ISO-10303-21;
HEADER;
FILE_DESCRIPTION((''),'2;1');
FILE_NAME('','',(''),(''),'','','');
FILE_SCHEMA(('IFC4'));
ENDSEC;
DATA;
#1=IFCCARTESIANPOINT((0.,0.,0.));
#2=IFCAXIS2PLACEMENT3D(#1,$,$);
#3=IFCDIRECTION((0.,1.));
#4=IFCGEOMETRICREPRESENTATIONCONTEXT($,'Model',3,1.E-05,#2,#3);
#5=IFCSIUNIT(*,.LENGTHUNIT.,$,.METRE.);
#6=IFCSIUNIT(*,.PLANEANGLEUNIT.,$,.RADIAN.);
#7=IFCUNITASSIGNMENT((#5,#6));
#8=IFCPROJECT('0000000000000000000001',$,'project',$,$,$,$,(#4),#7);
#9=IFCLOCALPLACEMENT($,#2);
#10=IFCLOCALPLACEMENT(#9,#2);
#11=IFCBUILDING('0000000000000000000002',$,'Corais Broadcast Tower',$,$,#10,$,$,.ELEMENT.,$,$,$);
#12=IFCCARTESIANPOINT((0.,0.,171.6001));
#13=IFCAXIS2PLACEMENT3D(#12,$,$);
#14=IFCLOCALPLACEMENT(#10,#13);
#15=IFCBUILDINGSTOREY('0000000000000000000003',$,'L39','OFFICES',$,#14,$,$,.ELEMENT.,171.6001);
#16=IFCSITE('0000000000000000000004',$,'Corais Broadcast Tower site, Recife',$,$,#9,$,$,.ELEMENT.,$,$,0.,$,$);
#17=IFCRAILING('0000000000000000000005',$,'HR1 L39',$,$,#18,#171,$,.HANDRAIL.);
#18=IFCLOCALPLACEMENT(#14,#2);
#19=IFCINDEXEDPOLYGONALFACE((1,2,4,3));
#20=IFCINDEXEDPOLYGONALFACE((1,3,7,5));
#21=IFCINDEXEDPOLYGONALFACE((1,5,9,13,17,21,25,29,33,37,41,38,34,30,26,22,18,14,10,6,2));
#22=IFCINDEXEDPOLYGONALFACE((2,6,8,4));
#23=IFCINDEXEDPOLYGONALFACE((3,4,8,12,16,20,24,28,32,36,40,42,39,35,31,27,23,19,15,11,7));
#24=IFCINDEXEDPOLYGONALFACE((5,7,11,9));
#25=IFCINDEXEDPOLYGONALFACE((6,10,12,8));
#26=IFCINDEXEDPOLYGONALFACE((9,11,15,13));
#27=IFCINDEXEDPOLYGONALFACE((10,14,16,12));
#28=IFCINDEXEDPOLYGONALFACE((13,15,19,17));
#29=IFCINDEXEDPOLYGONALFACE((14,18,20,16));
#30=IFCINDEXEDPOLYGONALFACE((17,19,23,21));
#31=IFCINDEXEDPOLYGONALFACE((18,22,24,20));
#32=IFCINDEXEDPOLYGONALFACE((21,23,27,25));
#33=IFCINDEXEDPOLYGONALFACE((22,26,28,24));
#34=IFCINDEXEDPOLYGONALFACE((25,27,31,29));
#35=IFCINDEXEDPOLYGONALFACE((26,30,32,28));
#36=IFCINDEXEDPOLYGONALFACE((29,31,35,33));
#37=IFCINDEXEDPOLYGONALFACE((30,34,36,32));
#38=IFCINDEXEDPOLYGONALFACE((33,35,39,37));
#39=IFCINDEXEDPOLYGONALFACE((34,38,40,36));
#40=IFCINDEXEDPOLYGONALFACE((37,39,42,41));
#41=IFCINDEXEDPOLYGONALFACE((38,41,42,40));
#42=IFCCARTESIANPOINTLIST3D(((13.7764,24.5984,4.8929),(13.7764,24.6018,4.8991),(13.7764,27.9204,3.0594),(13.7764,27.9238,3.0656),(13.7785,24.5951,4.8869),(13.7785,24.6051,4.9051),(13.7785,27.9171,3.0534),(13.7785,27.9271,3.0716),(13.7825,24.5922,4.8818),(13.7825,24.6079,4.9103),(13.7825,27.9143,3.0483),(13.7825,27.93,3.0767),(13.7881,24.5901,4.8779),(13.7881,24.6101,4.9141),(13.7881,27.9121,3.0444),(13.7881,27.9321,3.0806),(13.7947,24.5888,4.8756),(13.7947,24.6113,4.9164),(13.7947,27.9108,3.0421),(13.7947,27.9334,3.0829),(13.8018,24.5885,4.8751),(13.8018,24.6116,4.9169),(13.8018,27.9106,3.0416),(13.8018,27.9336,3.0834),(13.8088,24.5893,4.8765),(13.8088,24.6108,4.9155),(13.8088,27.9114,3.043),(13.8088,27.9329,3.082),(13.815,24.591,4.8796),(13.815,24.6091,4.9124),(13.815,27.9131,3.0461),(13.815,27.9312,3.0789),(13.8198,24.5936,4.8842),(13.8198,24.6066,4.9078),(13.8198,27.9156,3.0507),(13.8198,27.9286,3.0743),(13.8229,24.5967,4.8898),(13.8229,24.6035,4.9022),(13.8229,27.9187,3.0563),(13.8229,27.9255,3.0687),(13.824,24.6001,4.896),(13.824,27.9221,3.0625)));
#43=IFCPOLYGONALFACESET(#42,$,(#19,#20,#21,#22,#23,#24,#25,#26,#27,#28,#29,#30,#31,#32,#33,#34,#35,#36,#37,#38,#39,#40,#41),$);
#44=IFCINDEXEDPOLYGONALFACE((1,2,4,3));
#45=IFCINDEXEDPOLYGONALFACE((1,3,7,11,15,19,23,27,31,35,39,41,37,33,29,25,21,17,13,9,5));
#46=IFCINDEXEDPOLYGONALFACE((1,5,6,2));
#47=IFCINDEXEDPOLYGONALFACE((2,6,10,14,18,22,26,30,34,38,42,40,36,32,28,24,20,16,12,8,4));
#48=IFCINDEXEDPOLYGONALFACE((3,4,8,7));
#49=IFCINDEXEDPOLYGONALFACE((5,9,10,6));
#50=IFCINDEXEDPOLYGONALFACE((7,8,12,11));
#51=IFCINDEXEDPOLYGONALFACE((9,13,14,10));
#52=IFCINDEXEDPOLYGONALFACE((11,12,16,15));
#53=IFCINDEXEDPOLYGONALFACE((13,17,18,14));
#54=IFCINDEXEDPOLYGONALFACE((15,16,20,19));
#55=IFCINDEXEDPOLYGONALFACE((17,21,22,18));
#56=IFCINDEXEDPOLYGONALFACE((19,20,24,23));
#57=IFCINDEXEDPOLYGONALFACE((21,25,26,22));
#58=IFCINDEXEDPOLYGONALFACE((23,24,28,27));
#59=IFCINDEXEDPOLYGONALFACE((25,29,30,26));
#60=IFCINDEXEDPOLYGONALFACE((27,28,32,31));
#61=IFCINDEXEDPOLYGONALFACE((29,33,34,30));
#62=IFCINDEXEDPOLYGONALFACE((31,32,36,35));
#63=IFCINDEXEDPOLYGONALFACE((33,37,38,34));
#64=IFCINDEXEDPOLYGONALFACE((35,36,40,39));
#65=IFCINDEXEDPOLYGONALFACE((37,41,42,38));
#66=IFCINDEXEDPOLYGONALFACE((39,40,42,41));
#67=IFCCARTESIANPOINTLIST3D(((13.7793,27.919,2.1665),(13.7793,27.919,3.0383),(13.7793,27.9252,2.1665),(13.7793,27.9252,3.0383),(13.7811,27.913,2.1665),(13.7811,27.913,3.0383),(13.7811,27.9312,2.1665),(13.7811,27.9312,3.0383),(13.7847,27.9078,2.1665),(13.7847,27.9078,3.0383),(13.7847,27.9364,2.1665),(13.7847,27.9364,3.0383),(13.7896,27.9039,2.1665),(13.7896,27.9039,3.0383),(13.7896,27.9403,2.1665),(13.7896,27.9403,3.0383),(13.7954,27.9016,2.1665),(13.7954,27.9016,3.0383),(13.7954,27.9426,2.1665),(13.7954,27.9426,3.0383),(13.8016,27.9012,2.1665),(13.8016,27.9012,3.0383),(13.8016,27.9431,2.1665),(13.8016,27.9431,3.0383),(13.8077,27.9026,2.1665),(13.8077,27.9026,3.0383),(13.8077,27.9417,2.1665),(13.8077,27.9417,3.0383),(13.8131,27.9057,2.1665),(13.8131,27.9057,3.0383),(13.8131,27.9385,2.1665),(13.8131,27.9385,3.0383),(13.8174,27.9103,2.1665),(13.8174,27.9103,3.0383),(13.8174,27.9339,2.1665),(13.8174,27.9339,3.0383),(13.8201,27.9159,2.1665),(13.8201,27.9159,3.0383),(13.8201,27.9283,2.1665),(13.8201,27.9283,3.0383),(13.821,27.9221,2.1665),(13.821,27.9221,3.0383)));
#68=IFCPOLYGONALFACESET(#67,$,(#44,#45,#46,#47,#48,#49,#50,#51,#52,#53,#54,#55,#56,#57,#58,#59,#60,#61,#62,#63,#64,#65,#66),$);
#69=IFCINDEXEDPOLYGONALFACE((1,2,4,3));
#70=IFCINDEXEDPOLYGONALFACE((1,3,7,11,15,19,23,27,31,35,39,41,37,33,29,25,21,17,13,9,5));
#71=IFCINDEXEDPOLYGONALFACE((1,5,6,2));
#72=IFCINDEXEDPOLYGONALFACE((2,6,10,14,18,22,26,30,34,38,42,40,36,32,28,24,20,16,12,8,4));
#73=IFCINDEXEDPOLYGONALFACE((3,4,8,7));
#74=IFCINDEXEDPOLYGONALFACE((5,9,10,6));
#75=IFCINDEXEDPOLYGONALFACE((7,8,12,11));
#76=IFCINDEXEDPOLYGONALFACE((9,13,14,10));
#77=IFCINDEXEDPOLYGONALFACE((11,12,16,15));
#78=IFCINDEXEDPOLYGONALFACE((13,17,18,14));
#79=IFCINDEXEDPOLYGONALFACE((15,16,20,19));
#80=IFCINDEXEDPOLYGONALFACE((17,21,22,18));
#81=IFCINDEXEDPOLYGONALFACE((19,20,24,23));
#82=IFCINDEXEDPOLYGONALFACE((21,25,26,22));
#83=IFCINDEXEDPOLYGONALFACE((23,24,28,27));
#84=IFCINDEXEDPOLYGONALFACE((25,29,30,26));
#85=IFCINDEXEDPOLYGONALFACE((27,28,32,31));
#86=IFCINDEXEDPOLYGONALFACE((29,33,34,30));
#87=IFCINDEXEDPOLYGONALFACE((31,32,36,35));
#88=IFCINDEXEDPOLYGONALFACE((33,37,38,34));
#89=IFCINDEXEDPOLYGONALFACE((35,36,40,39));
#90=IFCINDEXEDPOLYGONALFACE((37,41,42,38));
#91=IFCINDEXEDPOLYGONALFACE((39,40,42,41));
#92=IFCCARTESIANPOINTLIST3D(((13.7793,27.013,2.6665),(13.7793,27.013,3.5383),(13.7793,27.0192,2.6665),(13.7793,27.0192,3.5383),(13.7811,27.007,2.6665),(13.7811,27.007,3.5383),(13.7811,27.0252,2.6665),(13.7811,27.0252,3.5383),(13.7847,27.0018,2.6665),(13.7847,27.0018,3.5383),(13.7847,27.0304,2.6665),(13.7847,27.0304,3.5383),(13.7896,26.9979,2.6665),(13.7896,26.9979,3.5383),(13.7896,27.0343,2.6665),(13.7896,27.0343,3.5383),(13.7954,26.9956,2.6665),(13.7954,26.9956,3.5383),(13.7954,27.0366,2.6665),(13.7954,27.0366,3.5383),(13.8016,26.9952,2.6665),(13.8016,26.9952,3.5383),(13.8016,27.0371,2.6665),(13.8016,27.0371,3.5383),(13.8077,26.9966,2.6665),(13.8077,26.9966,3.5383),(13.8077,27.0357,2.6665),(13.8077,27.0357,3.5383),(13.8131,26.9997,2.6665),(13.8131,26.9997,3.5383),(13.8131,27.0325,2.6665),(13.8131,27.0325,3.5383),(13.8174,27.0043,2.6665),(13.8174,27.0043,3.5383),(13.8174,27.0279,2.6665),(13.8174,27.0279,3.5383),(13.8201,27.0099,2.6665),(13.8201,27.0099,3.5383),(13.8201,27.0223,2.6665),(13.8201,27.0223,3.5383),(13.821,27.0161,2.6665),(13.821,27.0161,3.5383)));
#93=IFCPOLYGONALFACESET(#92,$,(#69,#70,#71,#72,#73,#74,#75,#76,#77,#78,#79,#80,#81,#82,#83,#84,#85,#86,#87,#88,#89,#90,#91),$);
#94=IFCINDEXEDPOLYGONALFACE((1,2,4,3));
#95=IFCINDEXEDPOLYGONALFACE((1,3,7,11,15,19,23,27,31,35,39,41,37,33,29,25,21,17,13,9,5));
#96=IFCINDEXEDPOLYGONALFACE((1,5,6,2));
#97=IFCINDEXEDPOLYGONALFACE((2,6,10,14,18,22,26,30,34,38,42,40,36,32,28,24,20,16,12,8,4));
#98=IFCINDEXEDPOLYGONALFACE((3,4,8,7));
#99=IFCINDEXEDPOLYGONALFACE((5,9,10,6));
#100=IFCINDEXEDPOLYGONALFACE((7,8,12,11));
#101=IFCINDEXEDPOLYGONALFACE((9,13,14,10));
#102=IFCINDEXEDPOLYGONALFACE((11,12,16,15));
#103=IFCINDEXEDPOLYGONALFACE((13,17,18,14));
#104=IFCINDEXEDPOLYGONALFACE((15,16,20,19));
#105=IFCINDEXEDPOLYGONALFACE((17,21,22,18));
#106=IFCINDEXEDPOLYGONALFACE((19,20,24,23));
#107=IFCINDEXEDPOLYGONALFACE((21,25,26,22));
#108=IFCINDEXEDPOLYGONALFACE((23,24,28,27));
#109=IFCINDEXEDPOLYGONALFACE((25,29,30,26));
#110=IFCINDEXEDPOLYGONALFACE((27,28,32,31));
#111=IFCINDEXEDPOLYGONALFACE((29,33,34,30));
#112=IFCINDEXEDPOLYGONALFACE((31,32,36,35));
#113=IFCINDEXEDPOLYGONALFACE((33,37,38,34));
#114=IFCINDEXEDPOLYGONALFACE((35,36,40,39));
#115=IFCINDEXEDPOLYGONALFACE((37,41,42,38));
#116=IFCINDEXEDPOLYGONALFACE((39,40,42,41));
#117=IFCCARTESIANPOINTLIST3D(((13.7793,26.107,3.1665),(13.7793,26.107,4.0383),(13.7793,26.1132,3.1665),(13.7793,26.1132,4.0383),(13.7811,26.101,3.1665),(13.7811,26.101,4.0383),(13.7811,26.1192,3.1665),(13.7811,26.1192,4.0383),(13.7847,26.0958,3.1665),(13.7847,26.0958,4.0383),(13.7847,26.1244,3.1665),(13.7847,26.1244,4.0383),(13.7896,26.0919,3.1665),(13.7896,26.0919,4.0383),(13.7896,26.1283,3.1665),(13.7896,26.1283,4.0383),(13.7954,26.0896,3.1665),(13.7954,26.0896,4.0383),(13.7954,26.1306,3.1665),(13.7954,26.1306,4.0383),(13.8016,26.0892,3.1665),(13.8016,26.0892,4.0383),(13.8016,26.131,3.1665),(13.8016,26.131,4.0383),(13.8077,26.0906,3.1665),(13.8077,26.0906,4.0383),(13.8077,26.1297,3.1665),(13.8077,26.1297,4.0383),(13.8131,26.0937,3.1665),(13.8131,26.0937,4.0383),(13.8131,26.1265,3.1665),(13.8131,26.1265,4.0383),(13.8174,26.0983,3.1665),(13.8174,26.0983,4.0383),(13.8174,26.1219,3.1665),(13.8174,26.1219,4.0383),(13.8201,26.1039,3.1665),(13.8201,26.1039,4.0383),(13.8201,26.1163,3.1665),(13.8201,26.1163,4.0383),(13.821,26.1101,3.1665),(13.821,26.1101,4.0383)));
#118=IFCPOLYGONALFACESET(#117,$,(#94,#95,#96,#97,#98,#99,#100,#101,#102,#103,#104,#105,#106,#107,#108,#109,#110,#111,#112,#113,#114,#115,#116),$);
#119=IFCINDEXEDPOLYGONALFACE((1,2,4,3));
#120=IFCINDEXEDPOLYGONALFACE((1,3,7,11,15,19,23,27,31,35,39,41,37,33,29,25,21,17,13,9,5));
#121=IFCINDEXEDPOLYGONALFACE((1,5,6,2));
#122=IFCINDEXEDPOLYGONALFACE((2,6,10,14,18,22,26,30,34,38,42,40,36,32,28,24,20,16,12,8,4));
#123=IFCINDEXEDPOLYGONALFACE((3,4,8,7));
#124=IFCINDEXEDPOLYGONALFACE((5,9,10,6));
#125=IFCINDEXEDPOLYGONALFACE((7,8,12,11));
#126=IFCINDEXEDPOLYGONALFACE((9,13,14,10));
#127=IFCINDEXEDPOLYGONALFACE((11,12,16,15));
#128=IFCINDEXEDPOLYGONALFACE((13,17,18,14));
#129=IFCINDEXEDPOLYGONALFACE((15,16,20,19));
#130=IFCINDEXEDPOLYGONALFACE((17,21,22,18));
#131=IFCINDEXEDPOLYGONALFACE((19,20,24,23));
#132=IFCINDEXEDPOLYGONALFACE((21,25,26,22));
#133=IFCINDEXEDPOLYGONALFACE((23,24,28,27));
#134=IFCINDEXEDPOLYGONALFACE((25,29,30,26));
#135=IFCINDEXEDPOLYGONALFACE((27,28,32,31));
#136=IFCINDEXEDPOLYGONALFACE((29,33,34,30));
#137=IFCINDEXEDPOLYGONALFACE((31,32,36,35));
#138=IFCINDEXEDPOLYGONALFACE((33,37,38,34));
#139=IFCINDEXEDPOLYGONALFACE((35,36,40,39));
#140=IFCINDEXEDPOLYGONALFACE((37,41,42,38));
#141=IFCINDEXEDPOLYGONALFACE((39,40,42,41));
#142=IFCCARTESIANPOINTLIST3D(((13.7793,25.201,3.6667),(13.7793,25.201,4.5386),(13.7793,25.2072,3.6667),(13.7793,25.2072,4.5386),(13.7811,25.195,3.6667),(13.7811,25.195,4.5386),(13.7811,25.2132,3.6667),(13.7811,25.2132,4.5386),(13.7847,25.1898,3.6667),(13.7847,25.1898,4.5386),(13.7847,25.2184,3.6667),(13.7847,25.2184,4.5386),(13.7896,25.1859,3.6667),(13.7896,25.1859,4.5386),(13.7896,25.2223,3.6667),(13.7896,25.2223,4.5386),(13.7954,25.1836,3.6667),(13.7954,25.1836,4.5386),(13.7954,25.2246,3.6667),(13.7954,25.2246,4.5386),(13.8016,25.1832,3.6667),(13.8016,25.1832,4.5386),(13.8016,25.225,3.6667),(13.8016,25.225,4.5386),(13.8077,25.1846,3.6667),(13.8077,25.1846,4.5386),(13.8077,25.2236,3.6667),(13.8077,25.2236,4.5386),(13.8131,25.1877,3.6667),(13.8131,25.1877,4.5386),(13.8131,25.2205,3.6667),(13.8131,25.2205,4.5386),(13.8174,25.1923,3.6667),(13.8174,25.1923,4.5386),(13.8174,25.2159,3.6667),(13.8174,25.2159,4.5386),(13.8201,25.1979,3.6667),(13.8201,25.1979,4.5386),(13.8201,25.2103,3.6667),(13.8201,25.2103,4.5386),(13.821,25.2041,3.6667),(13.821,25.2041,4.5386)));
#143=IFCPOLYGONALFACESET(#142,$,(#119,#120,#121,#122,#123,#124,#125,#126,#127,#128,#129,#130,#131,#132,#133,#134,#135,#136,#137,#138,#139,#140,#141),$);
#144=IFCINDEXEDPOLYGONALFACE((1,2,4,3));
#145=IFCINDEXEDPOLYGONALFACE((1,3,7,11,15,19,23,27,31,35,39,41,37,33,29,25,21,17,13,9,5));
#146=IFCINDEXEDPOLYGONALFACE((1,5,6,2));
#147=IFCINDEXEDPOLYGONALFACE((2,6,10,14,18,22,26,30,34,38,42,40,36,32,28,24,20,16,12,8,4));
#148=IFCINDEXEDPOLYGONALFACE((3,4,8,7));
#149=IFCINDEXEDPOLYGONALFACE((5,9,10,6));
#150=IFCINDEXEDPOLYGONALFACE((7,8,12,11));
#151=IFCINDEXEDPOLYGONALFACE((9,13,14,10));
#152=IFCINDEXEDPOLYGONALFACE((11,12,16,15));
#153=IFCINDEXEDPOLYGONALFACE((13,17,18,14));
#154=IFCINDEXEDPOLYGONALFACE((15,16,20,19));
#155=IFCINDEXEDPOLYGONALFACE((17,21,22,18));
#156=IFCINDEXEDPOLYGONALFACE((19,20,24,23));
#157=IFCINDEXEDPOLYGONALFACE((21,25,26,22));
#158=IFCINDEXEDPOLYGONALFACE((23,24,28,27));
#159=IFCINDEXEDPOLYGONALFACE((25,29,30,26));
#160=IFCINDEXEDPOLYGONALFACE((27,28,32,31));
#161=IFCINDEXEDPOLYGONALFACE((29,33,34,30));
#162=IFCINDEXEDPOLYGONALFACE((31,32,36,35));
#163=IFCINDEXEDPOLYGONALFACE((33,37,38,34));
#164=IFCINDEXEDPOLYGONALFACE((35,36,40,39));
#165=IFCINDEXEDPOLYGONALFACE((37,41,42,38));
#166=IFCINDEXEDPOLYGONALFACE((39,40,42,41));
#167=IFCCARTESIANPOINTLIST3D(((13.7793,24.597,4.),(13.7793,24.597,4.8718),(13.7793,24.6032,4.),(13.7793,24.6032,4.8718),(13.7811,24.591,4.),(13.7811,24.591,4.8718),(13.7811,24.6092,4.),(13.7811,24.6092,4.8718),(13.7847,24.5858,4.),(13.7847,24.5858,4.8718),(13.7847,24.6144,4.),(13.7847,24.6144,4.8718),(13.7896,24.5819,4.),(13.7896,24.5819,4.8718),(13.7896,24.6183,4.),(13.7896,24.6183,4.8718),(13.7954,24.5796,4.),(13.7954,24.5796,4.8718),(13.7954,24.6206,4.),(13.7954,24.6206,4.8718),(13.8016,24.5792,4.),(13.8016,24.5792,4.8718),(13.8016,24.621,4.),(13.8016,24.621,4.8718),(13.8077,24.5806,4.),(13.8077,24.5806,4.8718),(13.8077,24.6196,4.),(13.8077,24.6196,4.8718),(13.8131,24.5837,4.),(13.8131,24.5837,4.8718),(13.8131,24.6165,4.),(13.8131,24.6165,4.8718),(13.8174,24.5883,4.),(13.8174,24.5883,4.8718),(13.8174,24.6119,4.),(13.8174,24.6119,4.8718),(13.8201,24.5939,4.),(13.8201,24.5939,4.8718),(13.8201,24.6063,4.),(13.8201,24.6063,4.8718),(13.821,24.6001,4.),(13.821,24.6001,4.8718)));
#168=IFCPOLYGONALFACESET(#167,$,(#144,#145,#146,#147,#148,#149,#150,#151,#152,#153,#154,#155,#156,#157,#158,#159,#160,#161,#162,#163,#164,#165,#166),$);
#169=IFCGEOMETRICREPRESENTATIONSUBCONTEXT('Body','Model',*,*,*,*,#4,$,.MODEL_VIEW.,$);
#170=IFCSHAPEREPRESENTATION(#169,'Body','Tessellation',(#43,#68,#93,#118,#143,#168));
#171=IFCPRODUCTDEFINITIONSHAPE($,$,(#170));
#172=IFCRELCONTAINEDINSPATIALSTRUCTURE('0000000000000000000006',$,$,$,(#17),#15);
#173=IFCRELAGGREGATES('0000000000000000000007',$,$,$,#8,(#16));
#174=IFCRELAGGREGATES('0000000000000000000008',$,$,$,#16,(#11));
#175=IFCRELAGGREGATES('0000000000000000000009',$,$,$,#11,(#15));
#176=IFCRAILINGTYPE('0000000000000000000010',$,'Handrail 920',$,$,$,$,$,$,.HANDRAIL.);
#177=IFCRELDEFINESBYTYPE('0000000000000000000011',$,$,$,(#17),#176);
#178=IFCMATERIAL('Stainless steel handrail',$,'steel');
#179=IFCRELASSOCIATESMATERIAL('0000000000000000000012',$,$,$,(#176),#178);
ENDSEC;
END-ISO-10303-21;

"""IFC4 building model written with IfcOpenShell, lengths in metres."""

from ifc_helpers import new_model, si_unit, direction, frame, origin, origin_2d, place, context, subcontext, project, spatial, circle, extrude, material, type_object, element, save


model = new_model("IFC4")

# Units and contexts
model_context = context("Model", 3, precision=1e-05, world=origin(), true_north=direction((0.0, 1.0)))
body_context = subcontext(model_context, "Body", "Model", "MODEL_VIEW")
ifc_project = project(units=[si_unit("LENGTHUNIT", "METRE"), si_unit("PLANEANGLEUNIT", "RADIAN")], contexts=[model_context])

# Site, building, storey
site_placement = place(None, origin())
site = spatial("IfcSite", under=ifc_project, at=site_placement, Name="Corais Broadcast Tower site, Recife", CompositionType="ELEMENT", RefElevation=0.0)
building_placement = place(site_placement, origin())
building = spatial("IfcBuilding", under=site, at=building_placement, Name="Corais Broadcast Tower", CompositionType="ELEMENT")
storey_placement = place(building_placement, frame((0.0, 0.0, 171.6001)))
storey = spatial("IfcBuildingStorey", under=building, at=storey_placement, Name="L39", Description="OFFICES", CompositionType="ELEMENT", Elevation=171.6001)

# Railing
ifc_material_1 = material(Name="Stainless steel handrail", Category="steel")
railing_type = type_object("IfcRailingType", Name="Handrail 920", PredefinedType="HANDRAIL", material=ifc_material_1)
for number, where, name in (
    (1, (13.8, 27.9221, 2.1665), "HR1 L39"),
):
    element("IfcRailing", number, at=place(storey_placement, frame(where)), inside=storey, type_object=railing_type, Name=name, PredefinedType="HANDRAIL", context=body_context, shape_type="SweptSolid", body=[
        extrude(circle(Radius=0.0239, at=origin_2d()), frame((0.0, 0.0, 0.896), z_axis=(0.0, -0.875504, 0.48321), x_axis=(1.0, 0.0, 0.0)), (0.0, 0.0, 1.0), 3.7944),
        extrude(circle(Radius=0.021, at=origin_2d()), origin(), (0.0, 0.0, 1.0), 0.8718),
        extrude(circle(Radius=0.021, at=origin_2d()), frame((0.0, -0.906, 0.5)), (0.0, 0.0, 1.0), 0.8718),
        extrude(circle(Radius=0.021, at=origin_2d()), frame((0.0, -1.812, 1.0)), (0.0, 0.0, 1.0), 0.8718),
        extrude(circle(Radius=0.021, at=origin_2d()), frame((0.0, -2.718, 1.5002)), (0.0, 0.0, 1.0), 0.8718),
        extrude(circle(Radius=0.021, at=origin_2d()), frame((0.0, -3.322, 1.8335)), (0.0, 0.0, 1.0), 0.8718),
    ])

save(model, "model.ifc")
